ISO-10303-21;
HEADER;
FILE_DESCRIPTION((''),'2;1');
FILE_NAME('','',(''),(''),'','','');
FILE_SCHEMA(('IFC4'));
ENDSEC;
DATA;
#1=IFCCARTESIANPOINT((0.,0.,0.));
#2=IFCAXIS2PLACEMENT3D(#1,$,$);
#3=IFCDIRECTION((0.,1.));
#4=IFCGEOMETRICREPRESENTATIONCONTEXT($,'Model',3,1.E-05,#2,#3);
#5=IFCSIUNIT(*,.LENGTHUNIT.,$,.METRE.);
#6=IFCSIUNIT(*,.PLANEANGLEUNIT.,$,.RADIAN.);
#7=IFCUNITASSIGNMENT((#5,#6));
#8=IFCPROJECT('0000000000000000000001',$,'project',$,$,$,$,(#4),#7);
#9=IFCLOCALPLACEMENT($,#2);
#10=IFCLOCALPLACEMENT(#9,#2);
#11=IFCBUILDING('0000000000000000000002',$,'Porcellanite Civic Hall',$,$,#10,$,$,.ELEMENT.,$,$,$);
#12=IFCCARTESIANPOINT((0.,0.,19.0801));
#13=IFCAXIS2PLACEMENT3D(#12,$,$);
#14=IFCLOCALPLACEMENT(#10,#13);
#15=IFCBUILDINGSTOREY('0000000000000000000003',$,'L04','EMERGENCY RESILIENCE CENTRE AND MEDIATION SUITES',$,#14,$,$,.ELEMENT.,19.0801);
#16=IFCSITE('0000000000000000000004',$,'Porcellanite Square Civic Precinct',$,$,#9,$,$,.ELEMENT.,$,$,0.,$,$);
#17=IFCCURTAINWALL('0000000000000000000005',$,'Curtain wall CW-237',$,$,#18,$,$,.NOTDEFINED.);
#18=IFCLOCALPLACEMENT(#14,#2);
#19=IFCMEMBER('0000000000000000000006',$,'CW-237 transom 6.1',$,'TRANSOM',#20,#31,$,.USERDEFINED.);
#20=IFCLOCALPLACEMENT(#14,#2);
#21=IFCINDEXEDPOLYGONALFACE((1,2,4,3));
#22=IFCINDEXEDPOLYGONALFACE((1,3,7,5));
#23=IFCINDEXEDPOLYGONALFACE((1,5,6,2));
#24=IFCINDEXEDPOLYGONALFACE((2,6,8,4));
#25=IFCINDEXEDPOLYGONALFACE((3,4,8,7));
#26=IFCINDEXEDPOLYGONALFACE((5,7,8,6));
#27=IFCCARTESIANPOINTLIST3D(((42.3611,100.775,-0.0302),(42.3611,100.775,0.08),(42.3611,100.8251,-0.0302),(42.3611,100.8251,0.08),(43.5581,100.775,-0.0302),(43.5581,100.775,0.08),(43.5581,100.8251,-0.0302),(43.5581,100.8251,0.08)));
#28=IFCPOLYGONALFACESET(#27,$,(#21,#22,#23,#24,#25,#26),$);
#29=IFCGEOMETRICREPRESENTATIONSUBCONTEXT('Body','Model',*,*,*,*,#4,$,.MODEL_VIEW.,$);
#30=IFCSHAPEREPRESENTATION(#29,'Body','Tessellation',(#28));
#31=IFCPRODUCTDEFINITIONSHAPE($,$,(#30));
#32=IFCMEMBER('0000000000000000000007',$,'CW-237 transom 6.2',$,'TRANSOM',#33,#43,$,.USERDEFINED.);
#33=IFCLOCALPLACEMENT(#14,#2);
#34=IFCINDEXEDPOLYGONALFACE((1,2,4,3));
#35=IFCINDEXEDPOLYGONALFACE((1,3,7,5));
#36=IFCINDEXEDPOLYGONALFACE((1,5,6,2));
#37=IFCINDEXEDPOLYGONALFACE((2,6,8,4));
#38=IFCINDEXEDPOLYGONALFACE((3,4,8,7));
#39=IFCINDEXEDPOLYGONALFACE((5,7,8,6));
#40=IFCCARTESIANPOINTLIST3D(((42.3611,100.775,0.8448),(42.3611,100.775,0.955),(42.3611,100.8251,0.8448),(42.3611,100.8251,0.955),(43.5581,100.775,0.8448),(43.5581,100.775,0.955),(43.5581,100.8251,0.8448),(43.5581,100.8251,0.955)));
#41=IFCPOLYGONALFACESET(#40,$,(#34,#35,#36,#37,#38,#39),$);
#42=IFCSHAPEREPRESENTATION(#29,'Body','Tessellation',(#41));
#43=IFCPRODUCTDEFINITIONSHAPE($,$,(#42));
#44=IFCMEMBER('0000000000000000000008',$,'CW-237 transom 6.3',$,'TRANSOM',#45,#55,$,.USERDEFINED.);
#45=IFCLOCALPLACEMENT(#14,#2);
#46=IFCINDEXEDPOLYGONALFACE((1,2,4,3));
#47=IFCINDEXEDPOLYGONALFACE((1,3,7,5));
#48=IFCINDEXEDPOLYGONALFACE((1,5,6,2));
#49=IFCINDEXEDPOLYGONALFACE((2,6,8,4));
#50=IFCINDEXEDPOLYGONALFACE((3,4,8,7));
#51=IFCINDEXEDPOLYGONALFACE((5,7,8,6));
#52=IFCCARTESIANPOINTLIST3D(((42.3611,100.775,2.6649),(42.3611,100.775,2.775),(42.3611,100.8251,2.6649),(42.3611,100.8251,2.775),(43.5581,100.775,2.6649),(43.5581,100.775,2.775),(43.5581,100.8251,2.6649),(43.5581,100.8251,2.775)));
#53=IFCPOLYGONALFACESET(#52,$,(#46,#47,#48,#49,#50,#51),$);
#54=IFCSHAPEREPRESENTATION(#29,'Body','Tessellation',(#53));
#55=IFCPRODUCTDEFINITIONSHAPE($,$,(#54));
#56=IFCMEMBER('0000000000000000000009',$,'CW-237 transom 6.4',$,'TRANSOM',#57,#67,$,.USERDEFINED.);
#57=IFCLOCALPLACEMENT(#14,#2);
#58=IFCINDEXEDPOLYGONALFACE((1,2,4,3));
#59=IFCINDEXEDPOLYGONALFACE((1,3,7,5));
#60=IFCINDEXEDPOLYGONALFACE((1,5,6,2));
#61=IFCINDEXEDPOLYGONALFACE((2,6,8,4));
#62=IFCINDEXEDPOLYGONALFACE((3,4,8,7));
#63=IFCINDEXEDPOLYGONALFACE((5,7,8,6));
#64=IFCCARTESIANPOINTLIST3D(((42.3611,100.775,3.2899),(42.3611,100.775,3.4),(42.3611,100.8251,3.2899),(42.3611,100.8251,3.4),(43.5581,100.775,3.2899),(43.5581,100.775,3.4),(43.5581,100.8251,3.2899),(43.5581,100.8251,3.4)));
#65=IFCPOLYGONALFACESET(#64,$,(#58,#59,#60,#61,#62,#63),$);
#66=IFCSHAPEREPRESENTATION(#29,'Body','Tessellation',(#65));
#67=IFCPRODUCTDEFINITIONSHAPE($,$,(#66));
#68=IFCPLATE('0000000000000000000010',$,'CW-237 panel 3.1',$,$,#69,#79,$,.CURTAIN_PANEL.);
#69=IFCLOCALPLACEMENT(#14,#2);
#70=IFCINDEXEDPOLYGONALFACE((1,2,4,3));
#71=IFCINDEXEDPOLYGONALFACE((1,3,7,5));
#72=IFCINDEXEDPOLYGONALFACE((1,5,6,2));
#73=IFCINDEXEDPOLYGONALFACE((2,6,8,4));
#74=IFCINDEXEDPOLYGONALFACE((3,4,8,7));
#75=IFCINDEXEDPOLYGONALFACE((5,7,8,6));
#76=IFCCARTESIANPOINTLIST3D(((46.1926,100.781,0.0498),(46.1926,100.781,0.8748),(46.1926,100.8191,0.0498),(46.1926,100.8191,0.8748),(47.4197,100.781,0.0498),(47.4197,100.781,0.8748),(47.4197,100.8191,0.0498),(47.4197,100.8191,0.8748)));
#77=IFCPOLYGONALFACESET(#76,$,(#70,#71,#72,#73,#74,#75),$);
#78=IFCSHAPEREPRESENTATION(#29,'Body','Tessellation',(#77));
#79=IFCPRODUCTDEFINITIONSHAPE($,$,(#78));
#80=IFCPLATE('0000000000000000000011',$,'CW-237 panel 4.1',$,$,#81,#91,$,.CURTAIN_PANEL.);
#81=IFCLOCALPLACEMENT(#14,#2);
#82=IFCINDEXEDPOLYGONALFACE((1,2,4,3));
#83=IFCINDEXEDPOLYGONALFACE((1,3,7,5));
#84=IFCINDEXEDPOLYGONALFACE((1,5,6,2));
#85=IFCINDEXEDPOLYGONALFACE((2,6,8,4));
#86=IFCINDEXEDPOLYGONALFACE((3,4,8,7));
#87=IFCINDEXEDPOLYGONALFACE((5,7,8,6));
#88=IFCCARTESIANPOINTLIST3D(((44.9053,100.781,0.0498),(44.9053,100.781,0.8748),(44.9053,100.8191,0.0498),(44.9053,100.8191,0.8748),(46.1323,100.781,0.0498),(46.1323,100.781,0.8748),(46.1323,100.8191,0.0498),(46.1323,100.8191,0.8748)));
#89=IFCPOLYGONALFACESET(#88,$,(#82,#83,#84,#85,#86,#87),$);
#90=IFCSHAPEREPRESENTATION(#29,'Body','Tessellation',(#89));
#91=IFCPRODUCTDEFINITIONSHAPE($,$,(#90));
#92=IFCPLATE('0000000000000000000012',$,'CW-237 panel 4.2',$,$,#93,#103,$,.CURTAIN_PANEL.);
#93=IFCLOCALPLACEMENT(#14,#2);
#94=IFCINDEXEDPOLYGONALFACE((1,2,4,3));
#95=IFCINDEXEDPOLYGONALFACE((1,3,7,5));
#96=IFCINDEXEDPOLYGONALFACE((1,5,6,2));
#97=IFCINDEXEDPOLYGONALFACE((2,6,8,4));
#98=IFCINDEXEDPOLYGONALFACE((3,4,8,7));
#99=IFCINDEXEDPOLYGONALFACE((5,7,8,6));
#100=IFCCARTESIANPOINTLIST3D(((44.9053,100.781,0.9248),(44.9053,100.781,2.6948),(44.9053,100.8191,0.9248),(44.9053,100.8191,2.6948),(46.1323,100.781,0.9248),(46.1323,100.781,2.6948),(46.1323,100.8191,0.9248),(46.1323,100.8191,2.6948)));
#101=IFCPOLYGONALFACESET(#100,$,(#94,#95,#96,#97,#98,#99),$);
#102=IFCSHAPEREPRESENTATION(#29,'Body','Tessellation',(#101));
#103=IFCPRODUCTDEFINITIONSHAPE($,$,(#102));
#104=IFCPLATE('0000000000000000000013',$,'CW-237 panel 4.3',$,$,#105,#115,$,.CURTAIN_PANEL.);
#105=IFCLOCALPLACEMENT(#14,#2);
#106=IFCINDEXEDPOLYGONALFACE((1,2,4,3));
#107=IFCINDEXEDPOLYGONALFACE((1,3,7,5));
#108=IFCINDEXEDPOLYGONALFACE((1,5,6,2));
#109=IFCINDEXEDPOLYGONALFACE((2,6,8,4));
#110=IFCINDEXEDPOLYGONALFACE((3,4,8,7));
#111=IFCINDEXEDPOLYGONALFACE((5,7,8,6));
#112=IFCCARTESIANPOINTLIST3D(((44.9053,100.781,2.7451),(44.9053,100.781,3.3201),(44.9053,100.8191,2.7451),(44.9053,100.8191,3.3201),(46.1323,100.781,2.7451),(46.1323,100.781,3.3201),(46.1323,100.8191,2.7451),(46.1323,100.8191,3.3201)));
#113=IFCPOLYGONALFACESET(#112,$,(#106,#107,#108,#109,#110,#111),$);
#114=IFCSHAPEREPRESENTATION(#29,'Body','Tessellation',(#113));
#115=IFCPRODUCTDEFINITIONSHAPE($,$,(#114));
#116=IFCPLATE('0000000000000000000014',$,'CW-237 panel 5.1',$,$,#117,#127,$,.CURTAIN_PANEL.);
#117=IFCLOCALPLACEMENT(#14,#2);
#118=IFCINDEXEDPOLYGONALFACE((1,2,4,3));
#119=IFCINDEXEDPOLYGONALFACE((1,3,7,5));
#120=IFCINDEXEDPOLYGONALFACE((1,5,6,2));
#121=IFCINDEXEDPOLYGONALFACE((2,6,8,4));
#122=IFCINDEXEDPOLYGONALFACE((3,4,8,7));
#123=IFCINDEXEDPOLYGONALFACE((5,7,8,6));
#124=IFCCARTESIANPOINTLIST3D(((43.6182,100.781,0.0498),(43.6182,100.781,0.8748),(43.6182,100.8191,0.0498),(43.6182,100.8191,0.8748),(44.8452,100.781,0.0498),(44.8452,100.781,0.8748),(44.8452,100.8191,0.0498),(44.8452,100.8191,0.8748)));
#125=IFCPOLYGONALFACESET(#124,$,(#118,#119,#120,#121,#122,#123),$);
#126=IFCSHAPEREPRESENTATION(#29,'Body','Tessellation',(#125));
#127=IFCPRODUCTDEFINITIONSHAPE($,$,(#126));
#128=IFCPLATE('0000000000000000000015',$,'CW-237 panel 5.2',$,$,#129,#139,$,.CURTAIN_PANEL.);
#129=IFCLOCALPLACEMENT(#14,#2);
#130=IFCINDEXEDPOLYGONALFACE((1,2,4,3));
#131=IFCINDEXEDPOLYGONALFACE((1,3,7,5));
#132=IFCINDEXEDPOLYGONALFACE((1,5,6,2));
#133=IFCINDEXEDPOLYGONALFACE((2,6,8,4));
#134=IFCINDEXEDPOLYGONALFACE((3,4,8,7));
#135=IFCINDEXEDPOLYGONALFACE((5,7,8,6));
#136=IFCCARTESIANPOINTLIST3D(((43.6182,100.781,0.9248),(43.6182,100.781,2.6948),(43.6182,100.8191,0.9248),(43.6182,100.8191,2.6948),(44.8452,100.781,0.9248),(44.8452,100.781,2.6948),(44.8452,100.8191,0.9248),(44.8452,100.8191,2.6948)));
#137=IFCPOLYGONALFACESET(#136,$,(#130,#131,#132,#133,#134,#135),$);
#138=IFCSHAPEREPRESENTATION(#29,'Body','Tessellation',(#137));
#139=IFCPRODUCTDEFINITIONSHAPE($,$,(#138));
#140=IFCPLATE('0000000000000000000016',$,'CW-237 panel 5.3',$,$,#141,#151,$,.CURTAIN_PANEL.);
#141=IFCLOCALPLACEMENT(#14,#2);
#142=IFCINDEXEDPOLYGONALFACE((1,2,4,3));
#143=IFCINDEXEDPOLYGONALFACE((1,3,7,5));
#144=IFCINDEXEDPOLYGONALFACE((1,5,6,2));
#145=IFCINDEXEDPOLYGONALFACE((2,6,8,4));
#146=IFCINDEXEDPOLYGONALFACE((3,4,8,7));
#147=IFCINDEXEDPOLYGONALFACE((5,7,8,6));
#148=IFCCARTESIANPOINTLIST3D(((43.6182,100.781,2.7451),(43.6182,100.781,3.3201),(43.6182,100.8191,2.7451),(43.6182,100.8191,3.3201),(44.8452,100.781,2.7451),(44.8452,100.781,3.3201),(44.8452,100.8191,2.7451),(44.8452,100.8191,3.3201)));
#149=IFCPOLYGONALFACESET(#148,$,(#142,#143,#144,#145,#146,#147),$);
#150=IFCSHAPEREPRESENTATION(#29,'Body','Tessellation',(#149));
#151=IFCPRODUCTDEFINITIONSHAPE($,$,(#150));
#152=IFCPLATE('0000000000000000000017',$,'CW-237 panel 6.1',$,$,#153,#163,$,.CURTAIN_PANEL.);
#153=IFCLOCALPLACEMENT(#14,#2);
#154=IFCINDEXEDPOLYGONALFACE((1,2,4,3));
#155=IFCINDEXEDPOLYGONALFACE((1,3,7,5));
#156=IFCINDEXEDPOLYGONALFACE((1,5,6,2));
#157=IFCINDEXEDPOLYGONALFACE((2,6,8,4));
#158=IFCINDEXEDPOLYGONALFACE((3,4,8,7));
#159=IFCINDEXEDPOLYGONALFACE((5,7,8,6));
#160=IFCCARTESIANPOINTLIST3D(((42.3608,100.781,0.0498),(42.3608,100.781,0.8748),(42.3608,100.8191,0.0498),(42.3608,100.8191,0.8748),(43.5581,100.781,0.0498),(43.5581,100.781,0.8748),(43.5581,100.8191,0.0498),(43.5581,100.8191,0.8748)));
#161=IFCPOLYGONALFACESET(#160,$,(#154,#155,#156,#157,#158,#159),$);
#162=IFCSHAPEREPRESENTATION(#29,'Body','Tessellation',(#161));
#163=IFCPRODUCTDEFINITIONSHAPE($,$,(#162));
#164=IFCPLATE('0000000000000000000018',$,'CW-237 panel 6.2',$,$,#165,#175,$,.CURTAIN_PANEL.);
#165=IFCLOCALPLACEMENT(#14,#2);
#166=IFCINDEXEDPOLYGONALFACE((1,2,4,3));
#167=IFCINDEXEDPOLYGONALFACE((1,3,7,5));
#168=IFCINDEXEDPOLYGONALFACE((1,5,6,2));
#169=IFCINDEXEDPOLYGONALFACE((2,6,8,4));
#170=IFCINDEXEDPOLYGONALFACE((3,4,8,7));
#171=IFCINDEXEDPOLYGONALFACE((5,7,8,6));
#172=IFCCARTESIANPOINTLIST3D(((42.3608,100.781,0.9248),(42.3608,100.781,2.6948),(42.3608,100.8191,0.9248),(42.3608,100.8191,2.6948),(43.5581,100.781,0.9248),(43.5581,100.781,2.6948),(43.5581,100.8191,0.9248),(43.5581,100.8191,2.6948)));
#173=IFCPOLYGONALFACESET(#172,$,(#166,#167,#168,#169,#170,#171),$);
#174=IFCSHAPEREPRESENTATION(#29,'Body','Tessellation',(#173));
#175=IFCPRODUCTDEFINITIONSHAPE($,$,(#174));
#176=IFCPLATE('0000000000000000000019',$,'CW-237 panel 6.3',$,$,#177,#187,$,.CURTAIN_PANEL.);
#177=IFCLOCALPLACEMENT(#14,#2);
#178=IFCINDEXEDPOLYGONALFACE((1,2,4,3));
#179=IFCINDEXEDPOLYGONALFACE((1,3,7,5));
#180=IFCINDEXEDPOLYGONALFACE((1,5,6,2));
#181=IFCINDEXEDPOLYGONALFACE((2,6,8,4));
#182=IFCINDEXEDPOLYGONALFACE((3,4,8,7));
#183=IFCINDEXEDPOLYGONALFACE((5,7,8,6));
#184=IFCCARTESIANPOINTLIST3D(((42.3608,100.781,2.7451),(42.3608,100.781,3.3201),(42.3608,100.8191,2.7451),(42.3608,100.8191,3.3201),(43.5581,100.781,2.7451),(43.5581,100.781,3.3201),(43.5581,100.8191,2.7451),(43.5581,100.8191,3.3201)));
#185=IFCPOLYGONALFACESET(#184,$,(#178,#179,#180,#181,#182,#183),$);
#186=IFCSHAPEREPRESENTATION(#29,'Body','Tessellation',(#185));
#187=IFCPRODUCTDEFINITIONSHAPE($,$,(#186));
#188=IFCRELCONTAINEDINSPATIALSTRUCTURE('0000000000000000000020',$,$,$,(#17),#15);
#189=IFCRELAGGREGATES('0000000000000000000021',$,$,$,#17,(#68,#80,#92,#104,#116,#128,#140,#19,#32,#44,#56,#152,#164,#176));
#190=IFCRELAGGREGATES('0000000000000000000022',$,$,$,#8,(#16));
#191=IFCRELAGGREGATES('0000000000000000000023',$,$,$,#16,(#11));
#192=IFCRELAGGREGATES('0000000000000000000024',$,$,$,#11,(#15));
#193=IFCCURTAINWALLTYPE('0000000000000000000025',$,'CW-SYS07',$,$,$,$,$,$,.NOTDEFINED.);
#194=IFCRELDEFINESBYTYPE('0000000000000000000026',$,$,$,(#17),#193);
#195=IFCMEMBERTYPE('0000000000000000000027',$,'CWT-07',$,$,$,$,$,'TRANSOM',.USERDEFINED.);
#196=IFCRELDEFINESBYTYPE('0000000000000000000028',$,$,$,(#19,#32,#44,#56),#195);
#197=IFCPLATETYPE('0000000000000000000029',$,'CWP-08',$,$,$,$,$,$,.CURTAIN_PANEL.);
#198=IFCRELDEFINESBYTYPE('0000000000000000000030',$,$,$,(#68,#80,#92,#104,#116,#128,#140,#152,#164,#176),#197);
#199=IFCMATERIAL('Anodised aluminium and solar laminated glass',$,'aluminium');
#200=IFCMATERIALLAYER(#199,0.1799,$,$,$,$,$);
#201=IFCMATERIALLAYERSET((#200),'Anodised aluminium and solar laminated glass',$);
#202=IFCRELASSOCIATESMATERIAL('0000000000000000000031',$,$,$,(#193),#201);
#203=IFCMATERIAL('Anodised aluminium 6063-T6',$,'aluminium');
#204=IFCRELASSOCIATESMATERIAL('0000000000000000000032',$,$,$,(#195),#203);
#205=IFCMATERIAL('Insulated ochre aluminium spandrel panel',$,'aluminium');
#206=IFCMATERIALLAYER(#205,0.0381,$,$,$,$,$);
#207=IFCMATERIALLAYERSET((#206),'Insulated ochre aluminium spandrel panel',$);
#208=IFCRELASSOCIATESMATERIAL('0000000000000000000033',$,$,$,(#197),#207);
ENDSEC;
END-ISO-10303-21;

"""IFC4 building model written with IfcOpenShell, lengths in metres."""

from ifc_helpers import new_model, si_unit, direction, frame, origin, origin_2d, place, context, subcontext, project, spatial, rectangle, extrude, material, layer, layer_set, material_profile, profile_set, type_object, element, aggregate, save


model = new_model("IFC4")

# Units and contexts
model_context = context("Model", 3, precision=1e-05, world=origin(), true_north=direction((0.0, 1.0)))
body_context = subcontext(model_context, "Body", "Model", "MODEL_VIEW")
ifc_project = project(units=[si_unit("LENGTHUNIT", "METRE"), si_unit("PLANEANGLEUNIT", "RADIAN")], contexts=[model_context])

# Site, building, storey
site_placement = place(None, origin())
site = spatial("IfcSite", under=ifc_project, at=site_placement, Name="Porcellanite Square Civic Precinct", CompositionType="ELEMENT", RefElevation=0.0)
building_placement = place(site_placement, origin())
building = spatial("IfcBuilding", under=site, at=building_placement, Name="Porcellanite Civic Hall", CompositionType="ELEMENT")
storey_placement = place(building_placement, frame((0.0, 0.0, 19.0801)))
storey = spatial("IfcBuildingStorey", under=building, at=storey_placement, Name="L04", Description="EMERGENCY RESILIENCE CENTRE AND MEDIATION SUITES", CompositionType="ELEMENT", Elevation=19.0801)

# Curtain wall, members, plates
ifc_material_1 = material(Name="Anodised aluminium and solar laminated glass", Category="aluminium")
ifc_layer_1 = layer(ifc_material_1, 0.1799)
ifc_layer_set_1 = layer_set([ifc_layer_1], Name="Anodised aluminium and solar laminated glass")
curtain_wall_type = type_object("IfcCurtainWallType", Name="CW-SYS07", PredefinedType="NOTDEFINED", material=ifc_layer_set_1)
curtain_wall_placement = place(storey_placement, origin())
curtain_wall = element("IfcCurtainWall", 1, at=curtain_wall_placement, inside=storey, type_object=curtain_wall_type, Name="Curtain wall CW-237", PredefinedType="NOTDEFINED")
ifc_material_2 = material(Name="Anodised aluminium 6063-T6", Category="aluminium")
ifc_material_profile_1 = material_profile(ifc_material_2, rectangle(XDim=0.05, YDim=0.1101, at=origin_2d()), Name="AL-50x110")
ifc_profile_set_1 = profile_set([ifc_material_profile_1], Name="Anodised aluminium 6063-T6")
member_type_1 = type_object("IfcMemberType", Name="CWT-07", ElementType="TRANSOM", PredefinedType="USERDEFINED", material=ifc_profile_set_1)
member_1_placement = place(storey_placement, frame((43.5581, 100.8, 0.0249), z_axis=(-1.0, 0.0, 0.0), x_axis=(0.0, -1.0, 0.0)))
member_1 = element("IfcMember", 2, at=member_1_placement, type_object=member_type_1, Name="CW-237 transom 6.1", ObjectType="TRANSOM", PredefinedType="USERDEFINED", context=body_context, shape_type="SweptSolid", body=[
    extrude(rectangle(XDim=0.05, YDim=0.1101, at=origin_2d()), origin(), (0.0, 0.0, 1.0), 1.197),
])
member_2_placement = place(storey_placement, frame((43.5581, 100.8, 0.8999), z_axis=(-1.0, 0.0, 0.0), x_axis=(0.0, -1.0, 0.0)))
member_2 = element("IfcMember", 3, at=member_2_placement, type_object=member_type_1, Name="CW-237 transom 6.2", ObjectType="TRANSOM", PredefinedType="USERDEFINED", context=body_context, shape_type="SweptSolid", body=[
    extrude(rectangle(XDim=0.05, YDim=0.1101, at=origin_2d()), origin(), (0.0, 0.0, 1.0), 1.197),
])
member_3_placement = place(storey_placement, frame((43.5581, 100.8, 2.72), z_axis=(-1.0, 0.0, 0.0), x_axis=(0.0, -1.0, 0.0)))
member_3 = element("IfcMember", 4, at=member_3_placement, type_object=member_type_1, Name="CW-237 transom 6.3", ObjectType="TRANSOM", PredefinedType="USERDEFINED", context=body_context, shape_type="SweptSolid", body=[
    extrude(rectangle(XDim=0.05, YDim=0.1101, at=origin_2d()), origin(), (0.0, 0.0, 1.0), 1.197),
])
member_4_placement = place(storey_placement, frame((43.5581, 100.8, 3.345), z_axis=(-1.0, 0.0, 0.0), x_axis=(0.0, -1.0, 0.0)))
member_4 = element("IfcMember", 5, at=member_4_placement, type_object=member_type_1, Name="CW-237 transom 6.4", ObjectType="TRANSOM", PredefinedType="USERDEFINED", context=body_context, shape_type="SweptSolid", body=[
    extrude(rectangle(XDim=0.05, YDim=0.1101, at=origin_2d()), origin(), (0.0, 0.0, 1.0), 1.197),
])
ifc_material_3 = material(Name="Insulated ochre aluminium spandrel panel", Category="aluminium")
ifc_layer_2 = layer(ifc_material_3, 0.0381)
ifc_layer_set_2 = layer_set([ifc_layer_2], Name="Insulated ochre aluminium spandrel panel")
plate_type = type_object("IfcPlateType", Name="CWP-08", PredefinedType="CURTAIN_PANEL", material=ifc_layer_set_2)
plate_1_placement = place(storey_placement, frame((46.8062, 100.8, 0.0498), z_axis=(0.0, 0.0, 1.0), x_axis=(-1.0, 0.0, 0.0)))
plate_1 = element("IfcPlate", 6, at=plate_1_placement, type_object=plate_type, Name="CW-237 panel 3.1", PredefinedType="CURTAIN_PANEL", context=body_context, shape_type="SweptSolid", body=[
    extrude(rectangle(XDim=1.2271, YDim=0.0381, at=origin_2d()), origin(), (0.0, 0.0, 1.0), 0.825),
])
plate_2_placement = place(storey_placement, frame((45.5188, 100.8, 0.0498), z_axis=(0.0, 0.0, 1.0), x_axis=(-1.0, 0.0, 0.0)))
plate_2 = element("IfcPlate", 7, at=plate_2_placement, type_object=plate_type, Name="CW-237 panel 4.1", PredefinedType="CURTAIN_PANEL", context=body_context, shape_type="SweptSolid", body=[
    extrude(rectangle(XDim=1.2271, YDim=0.0381, at=origin_2d()), origin(), (0.0, 0.0, 1.0), 0.825),
])
plate_3_placement = place(storey_placement, frame((45.5188, 100.8, 0.9248), z_axis=(0.0, 0.0, 1.0), x_axis=(-1.0, 0.0, 0.0)))
plate_3 = element("IfcPlate", 8, at=plate_3_placement, type_object=plate_type, Name="CW-237 panel 4.2", PredefinedType="CURTAIN_PANEL", context=body_context, shape_type="SweptSolid", body=[
    extrude(rectangle(XDim=1.2271, YDim=0.0381, at=origin_2d()), origin(), (0.0, 0.0, 1.0), 1.77),
])
plate_4_placement = place(storey_placement, frame((45.5188, 100.8, 2.7451), z_axis=(0.0, 0.0, 1.0), x_axis=(-1.0, 0.0, 0.0)))
plate_4 = element("IfcPlate", 9, at=plate_4_placement, type_object=plate_type, Name="CW-237 panel 4.3", PredefinedType="CURTAIN_PANEL", context=body_context, shape_type="SweptSolid", body=[
    extrude(rectangle(XDim=1.2271, YDim=0.0381, at=origin_2d()), origin(), (0.0, 0.0, 1.0), 0.575),
])
plate_5_placement = place(storey_placement, frame((44.2317, 100.8, 0.0498), z_axis=(0.0, 0.0, 1.0), x_axis=(-1.0, 0.0, 0.0)))
plate_5 = element("IfcPlate", 10, at=plate_5_placement, type_object=plate_type, Name="CW-237 panel 5.1", PredefinedType="CURTAIN_PANEL", context=body_context, shape_type="SweptSolid", body=[
    extrude(rectangle(XDim=1.2271, YDim=0.0381, at=origin_2d()), origin(), (0.0, 0.0, 1.0), 0.825),
])
plate_6_placement = place(storey_placement, frame((44.2317, 100.8, 0.9248), z_axis=(0.0, 0.0, 1.0), x_axis=(-1.0, 0.0, 0.0)))
plate_6 = element("IfcPlate", 11, at=plate_6_placement, type_object=plate_type, Name="CW-237 panel 5.2", PredefinedType="CURTAIN_PANEL", context=body_context, shape_type="SweptSolid", body=[
    extrude(rectangle(XDim=1.2271, YDim=0.0381, at=origin_2d()), origin(), (0.0, 0.0, 1.0), 1.77),
])
plate_7_placement = place(storey_placement, frame((44.2317, 100.8, 2.7451), z_axis=(0.0, 0.0, 1.0), x_axis=(-1.0, 0.0, 0.0)))
plate_7 = element("IfcPlate", 12, at=plate_7_placement, type_object=plate_type, Name="CW-237 panel 5.3", PredefinedType="CURTAIN_PANEL", context=body_context, shape_type="SweptSolid", body=[
    extrude(rectangle(XDim=1.2271, YDim=0.0381, at=origin_2d()), origin(), (0.0, 0.0, 1.0), 0.575),
])
plate_8_placement = place(storey_placement, frame((42.9595, 100.8, 0.0498), z_axis=(0.0, 0.0, 1.0), x_axis=(-1.0, 0.0, 0.0)))
plate_8 = element("IfcPlate", 13, at=plate_8_placement, type_object=plate_type, Name="CW-237 panel 6.1", PredefinedType="CURTAIN_PANEL", context=body_context, shape_type="SweptSolid", body=[
    extrude(rectangle(XDim=1.1973, YDim=0.0381, at=origin_2d()), origin(), (0.0, 0.0, 1.0), 0.825),
])
plate_9_placement = place(storey_placement, frame((42.9595, 100.8, 0.9248), z_axis=(0.0, 0.0, 1.0), x_axis=(-1.0, 0.0, 0.0)))
plate_9 = element("IfcPlate", 14, at=plate_9_placement, type_object=plate_type, Name="CW-237 panel 6.2", PredefinedType="CURTAIN_PANEL", context=body_context, shape_type="SweptSolid", body=[
    extrude(rectangle(XDim=1.1973, YDim=0.0381, at=origin_2d()), origin(), (0.0, 0.0, 1.0), 1.77),
])
plate_10_placement = place(storey_placement, frame((42.9595, 100.8, 2.7451), z_axis=(0.0, 0.0, 1.0), x_axis=(-1.0, 0.0, 0.0)))
plate_10 = element("IfcPlate", 15, at=plate_10_placement, type_object=plate_type, Name="CW-237 panel 6.3", PredefinedType="CURTAIN_PANEL", context=body_context, shape_type="SweptSolid", body=[
    extrude(rectangle(XDim=1.1973, YDim=0.0381, at=origin_2d()), origin(), (0.0, 0.0, 1.0), 0.575),
])
aggregate(curtain_wall, [plate_1, plate_2, plate_3, plate_4, plate_5, plate_6, plate_7, member_1, member_2, member_3, member_4, plate_8, plate_9, plate_10])

save(model, "model.ifc")
